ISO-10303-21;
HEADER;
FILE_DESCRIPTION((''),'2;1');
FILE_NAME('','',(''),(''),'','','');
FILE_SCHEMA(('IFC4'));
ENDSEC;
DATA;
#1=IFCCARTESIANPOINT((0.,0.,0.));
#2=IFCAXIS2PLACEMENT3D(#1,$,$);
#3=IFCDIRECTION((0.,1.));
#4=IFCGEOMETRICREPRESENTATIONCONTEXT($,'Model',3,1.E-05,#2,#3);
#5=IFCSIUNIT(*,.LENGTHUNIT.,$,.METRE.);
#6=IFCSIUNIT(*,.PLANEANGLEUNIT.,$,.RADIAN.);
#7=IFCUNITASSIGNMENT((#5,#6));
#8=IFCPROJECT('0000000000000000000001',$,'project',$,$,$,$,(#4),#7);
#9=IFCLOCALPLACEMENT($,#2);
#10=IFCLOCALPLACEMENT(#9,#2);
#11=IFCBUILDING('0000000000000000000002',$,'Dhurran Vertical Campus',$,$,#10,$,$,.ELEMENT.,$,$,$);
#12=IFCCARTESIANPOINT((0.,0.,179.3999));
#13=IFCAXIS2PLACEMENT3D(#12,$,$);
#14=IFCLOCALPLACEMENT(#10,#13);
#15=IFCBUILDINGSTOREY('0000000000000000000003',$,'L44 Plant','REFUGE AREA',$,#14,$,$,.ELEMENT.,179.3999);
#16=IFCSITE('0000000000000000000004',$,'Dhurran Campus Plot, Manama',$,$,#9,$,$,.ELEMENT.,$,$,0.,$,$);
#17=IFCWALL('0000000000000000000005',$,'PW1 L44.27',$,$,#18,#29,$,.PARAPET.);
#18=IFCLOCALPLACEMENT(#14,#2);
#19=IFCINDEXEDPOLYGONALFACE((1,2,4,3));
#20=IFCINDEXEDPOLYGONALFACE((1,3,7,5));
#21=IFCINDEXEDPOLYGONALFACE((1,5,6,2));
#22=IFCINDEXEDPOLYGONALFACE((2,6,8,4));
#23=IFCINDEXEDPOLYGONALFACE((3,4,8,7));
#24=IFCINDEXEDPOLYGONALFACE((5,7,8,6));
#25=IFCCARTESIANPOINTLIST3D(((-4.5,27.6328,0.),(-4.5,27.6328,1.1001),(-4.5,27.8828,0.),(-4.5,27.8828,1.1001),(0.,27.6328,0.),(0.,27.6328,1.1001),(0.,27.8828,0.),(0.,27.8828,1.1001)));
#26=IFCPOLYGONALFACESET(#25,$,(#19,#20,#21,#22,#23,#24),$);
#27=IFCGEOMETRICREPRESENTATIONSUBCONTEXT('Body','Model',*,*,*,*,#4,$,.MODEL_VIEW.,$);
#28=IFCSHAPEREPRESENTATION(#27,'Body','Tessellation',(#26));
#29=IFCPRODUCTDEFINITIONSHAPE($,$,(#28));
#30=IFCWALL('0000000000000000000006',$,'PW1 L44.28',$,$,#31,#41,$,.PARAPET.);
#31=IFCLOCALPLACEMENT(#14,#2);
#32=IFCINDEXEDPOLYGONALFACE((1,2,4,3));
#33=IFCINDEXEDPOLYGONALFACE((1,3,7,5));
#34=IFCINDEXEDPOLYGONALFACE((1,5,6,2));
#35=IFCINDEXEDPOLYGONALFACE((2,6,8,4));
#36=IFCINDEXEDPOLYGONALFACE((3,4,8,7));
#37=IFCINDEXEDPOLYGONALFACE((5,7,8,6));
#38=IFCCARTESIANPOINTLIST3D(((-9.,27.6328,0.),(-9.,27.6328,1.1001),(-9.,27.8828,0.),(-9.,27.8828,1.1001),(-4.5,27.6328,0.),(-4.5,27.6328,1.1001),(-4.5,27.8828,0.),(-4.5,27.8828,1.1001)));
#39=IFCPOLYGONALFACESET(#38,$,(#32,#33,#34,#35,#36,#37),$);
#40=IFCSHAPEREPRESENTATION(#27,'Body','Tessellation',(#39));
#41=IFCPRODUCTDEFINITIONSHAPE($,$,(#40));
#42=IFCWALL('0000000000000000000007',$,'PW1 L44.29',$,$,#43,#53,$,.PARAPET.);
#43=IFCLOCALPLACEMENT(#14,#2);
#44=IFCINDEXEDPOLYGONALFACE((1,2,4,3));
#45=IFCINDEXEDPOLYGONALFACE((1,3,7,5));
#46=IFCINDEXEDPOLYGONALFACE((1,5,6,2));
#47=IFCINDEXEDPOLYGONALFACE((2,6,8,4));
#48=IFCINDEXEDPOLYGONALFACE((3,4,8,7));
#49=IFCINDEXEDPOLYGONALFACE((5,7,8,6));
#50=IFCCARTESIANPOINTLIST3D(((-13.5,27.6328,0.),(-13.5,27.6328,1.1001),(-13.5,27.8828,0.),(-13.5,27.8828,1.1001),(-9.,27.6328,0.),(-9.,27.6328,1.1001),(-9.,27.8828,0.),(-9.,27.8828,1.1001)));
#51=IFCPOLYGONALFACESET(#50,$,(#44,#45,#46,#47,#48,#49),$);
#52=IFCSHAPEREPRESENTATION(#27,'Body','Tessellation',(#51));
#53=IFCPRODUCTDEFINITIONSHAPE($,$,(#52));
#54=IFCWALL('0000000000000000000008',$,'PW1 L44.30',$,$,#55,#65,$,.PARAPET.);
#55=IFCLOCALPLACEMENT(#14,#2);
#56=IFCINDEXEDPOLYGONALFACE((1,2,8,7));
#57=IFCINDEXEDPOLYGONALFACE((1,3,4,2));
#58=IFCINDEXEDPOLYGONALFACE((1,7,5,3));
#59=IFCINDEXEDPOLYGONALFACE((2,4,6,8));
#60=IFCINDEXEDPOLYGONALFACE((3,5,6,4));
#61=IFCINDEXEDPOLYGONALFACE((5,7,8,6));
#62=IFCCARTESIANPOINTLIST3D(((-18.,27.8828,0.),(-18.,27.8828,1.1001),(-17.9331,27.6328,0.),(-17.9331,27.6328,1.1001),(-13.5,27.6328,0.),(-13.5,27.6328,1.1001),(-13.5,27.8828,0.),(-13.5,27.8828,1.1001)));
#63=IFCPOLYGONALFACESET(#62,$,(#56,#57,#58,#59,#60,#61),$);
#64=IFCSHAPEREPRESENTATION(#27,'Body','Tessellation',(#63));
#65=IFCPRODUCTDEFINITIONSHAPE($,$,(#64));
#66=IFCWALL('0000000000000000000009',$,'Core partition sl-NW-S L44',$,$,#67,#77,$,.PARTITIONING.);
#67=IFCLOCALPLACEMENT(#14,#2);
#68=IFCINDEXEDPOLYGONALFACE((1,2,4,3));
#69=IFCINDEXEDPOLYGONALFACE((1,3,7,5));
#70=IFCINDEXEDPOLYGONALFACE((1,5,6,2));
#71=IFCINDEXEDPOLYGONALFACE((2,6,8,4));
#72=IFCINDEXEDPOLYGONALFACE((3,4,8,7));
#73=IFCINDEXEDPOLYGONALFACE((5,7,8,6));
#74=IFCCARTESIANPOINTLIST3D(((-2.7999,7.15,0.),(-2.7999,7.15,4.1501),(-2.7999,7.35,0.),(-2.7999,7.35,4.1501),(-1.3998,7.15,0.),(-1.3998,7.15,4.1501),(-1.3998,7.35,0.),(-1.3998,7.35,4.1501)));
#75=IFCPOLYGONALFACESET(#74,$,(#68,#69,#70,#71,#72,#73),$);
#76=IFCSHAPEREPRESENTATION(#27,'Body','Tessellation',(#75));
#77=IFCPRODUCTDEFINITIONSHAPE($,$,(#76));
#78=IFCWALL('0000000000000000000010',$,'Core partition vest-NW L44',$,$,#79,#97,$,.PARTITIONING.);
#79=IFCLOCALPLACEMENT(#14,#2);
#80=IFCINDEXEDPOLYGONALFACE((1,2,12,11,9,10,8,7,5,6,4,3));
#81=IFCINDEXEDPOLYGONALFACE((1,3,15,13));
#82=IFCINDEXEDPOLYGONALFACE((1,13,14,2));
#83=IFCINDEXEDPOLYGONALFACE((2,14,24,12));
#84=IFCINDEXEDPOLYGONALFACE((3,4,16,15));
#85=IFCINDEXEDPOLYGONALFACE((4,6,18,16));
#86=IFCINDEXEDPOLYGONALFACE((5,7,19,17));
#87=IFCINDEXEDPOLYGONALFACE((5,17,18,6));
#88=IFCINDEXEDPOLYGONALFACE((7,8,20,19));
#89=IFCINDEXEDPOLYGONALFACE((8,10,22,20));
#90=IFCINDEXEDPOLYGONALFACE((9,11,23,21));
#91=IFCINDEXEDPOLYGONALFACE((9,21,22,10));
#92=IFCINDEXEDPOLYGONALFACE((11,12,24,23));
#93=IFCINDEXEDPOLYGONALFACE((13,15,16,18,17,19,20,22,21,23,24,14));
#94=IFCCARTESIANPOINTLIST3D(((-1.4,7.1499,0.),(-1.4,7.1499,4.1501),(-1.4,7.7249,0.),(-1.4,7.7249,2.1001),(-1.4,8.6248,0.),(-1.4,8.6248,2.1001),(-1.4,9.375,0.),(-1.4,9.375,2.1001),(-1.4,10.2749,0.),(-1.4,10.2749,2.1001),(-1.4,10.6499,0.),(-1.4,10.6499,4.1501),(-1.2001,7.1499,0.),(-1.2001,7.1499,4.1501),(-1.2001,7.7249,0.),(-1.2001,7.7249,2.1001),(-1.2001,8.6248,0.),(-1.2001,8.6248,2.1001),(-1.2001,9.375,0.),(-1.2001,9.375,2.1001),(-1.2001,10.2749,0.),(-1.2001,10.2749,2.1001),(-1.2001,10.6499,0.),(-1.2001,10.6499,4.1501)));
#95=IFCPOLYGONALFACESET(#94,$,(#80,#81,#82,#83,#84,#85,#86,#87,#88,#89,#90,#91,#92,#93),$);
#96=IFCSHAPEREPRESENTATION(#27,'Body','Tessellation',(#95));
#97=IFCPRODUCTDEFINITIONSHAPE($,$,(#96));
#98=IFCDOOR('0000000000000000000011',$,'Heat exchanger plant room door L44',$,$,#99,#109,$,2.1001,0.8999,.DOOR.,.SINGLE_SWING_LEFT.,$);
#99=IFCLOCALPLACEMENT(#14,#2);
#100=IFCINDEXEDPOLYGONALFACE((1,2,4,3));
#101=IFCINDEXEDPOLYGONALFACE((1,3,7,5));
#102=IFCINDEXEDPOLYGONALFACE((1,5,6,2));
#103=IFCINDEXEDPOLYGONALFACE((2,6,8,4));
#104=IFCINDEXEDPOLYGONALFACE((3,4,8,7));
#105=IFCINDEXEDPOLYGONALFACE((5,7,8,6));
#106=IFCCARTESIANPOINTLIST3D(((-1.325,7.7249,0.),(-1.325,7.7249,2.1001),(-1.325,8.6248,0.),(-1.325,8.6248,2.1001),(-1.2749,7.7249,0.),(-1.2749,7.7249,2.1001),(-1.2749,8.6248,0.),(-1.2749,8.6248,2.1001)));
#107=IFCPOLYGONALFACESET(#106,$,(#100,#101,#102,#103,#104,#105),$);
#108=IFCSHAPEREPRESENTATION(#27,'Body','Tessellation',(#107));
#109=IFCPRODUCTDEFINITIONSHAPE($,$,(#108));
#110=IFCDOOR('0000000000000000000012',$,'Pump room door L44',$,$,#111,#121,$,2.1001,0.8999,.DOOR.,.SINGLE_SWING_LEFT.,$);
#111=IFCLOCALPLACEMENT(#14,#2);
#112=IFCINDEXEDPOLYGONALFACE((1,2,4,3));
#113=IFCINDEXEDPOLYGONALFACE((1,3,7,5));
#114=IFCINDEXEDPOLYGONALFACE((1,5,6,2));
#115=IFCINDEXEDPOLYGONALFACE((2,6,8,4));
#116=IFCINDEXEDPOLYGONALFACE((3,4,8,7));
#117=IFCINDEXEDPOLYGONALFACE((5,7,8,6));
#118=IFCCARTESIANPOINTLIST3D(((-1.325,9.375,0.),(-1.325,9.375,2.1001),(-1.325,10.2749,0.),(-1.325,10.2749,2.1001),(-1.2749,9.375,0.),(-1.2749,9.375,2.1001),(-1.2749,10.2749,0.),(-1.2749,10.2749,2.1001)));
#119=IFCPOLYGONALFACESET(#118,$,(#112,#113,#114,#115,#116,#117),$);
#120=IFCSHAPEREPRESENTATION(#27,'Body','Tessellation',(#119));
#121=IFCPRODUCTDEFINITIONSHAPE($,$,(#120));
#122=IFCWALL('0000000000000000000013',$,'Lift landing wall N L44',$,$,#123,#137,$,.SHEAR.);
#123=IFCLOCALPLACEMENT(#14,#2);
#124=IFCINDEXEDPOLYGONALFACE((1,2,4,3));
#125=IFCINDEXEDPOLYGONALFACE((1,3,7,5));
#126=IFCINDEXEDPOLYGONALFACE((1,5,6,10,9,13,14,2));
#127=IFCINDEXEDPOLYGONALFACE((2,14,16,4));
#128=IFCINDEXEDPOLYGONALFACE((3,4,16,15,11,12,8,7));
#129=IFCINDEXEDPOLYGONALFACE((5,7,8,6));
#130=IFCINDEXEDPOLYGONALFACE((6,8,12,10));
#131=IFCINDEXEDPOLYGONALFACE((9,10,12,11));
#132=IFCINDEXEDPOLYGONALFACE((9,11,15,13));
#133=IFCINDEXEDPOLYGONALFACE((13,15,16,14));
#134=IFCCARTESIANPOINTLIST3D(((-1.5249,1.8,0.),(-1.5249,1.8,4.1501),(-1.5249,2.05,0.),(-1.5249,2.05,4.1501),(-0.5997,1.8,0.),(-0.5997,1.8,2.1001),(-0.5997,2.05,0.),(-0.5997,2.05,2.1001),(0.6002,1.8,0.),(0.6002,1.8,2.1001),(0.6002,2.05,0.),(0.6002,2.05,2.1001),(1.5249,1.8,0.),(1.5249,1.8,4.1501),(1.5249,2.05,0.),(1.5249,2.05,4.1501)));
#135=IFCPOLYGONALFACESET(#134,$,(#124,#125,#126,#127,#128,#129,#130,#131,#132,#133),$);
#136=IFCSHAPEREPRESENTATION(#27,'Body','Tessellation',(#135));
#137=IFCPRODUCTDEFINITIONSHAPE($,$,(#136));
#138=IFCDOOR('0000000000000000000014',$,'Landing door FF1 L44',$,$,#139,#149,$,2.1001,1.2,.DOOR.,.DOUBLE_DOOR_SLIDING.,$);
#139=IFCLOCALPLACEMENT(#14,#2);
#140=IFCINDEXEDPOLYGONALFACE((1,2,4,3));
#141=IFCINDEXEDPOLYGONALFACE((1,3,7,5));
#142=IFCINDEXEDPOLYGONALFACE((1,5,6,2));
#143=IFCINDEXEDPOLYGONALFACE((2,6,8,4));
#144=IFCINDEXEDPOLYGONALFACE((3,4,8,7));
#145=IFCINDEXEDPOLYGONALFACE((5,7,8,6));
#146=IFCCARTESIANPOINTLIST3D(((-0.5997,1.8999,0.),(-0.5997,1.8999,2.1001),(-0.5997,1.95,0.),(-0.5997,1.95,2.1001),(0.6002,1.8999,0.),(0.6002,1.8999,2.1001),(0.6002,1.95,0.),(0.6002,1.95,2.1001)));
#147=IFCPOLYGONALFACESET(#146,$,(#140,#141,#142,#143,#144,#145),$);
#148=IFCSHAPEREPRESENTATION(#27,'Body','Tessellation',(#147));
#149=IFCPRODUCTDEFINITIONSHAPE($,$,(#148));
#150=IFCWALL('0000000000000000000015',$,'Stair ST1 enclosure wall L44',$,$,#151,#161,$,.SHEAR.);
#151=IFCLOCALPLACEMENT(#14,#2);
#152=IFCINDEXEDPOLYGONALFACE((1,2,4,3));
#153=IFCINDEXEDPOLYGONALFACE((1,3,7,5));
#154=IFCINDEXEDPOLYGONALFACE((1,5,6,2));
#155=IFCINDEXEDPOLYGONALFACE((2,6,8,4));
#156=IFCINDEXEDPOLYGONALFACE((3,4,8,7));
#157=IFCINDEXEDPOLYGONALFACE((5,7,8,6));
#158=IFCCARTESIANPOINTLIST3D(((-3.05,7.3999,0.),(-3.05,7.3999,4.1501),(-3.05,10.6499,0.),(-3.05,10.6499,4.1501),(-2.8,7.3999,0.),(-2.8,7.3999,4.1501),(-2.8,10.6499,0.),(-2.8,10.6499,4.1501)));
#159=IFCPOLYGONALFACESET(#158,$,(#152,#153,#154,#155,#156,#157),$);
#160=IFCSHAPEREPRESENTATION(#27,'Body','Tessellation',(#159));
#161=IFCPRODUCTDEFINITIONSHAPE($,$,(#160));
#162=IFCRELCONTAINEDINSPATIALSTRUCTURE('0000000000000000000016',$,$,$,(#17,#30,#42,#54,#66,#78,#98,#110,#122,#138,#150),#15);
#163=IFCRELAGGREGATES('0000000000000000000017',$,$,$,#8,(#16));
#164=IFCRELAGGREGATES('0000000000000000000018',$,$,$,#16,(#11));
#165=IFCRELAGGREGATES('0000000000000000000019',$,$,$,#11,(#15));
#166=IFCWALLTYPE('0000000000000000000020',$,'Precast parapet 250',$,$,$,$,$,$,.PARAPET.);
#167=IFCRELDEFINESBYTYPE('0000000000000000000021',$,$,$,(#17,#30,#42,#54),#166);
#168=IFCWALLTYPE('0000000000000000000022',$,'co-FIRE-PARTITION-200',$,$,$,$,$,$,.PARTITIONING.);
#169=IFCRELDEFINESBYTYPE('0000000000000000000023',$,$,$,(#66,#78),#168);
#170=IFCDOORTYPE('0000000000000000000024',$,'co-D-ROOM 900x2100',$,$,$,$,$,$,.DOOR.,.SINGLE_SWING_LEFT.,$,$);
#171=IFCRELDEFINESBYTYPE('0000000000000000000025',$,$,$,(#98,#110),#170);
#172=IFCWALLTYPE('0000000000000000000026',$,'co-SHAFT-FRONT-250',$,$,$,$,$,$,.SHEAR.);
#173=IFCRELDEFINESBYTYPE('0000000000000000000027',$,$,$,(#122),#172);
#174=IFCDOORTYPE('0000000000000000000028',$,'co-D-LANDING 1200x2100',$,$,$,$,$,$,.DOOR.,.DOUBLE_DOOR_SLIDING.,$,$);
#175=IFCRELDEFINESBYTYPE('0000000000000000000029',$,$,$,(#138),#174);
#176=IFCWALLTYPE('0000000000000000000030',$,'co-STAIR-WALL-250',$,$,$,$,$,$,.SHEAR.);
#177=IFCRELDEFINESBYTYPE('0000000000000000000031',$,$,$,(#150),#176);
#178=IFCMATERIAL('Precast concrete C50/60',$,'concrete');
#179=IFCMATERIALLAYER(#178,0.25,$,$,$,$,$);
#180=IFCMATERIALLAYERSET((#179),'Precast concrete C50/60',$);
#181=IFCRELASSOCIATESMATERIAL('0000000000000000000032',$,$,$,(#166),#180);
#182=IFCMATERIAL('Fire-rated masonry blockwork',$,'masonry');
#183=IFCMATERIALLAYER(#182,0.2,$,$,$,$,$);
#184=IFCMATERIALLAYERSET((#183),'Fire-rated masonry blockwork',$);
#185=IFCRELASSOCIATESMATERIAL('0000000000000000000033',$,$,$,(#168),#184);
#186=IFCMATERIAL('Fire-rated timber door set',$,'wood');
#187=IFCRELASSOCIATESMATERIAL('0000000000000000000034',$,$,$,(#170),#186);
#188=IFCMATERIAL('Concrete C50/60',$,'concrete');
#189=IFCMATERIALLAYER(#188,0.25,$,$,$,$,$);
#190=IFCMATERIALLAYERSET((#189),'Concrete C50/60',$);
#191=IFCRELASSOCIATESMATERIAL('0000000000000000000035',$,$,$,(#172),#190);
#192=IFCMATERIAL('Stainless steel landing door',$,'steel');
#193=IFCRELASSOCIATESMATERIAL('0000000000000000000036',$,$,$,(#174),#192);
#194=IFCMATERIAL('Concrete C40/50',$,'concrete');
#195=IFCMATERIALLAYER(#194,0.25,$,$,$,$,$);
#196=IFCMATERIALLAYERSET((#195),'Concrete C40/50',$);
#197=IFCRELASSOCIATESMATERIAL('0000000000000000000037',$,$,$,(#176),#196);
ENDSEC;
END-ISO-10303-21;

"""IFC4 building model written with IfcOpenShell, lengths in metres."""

from ifc_helpers import new_model, si_unit, direction, frame, frame_2d, origin, place, context, subcontext, project, spatial, polyline, rectangle, outline, extrude, material, layer, layer_set, type_object, element, fill, save


model = new_model("IFC4")

# Units and contexts
model_context = context("Model", 3, precision=1e-05, world=origin(), true_north=direction((0.0, 1.0)))
body_context = subcontext(model_context, "Body", "Model", "MODEL_VIEW")
ifc_project = project(units=[si_unit("LENGTHUNIT", "METRE"), si_unit("PLANEANGLEUNIT", "RADIAN")], contexts=[model_context])

# Site, building, storey
site_placement = place(None, origin())
site = spatial("IfcSite", under=ifc_project, at=site_placement, Name="Dhurran Campus Plot, Manama", CompositionType="ELEMENT", RefElevation=0.0)
building_placement = place(site_placement, origin())
building = spatial("IfcBuilding", under=site, at=building_placement, Name="Dhurran Vertical Campus", CompositionType="ELEMENT")
storey_placement = place(building_placement, frame((0.0, 0.0, 179.3999)))
storey = spatial("IfcBuildingStorey", under=building, at=storey_placement, Name="L44 Plant", Description="REFUGE AREA", CompositionType="ELEMENT", Elevation=179.3999)

# Walls
ifc_material_1 = material(Name="Precast concrete C50/60", Category="concrete")
ifc_layer_1 = layer(ifc_material_1, 0.25)
ifc_layer_set_1 = layer_set([ifc_layer_1], Name="Precast concrete C50/60")
wall_type_1 = type_object("IfcWallType", Name="Precast parapet 250", PredefinedType="PARAPET", material=ifc_layer_set_1)
wall_1_placement = place(storey_placement, origin())
element("IfcWall", 1, at=wall_1_placement, inside=storey, type_object=wall_type_1, Name="PW1 L44.27", PredefinedType="PARAPET", context=body_context, shape_type="SweptSolid", body=[
    extrude(outline(polyline([(0.0, 27.8828), (-4.5, 27.8828), (-4.5, 27.6328), (0.0, 27.6328), (0.0, 27.8828)])), origin(), (0.0, 0.0, 1.0), 1.1001),
])
wall_2_placement = place(storey_placement, origin())
element("IfcWall", 2, at=wall_2_placement, inside=storey, type_object=wall_type_1, Name="PW1 L44.28", PredefinedType="PARAPET", context=body_context, shape_type="SweptSolid", body=[
    extrude(outline(polyline([(-4.5, 27.8828), (-9.0, 27.8828), (-9.0, 27.6328), (-4.5, 27.6328), (-4.5, 27.8828)])), origin(), (0.0, 0.0, 1.0), 1.1001),
])
wall_3_placement = place(storey_placement, origin())
element("IfcWall", 3, at=wall_3_placement, inside=storey, type_object=wall_type_1, Name="PW1 L44.29", PredefinedType="PARAPET", context=body_context, shape_type="SweptSolid", body=[
    extrude(outline(polyline([(-9.0, 27.8828), (-13.5, 27.8828), (-13.5, 27.6328), (-9.0, 27.6328), (-9.0, 27.8828)])), origin(), (0.0, 0.0, 1.0), 1.1001),
])
wall_4_placement = place(storey_placement, origin())
element("IfcWall", 4, at=wall_4_placement, inside=storey, type_object=wall_type_1, Name="PW1 L44.30", PredefinedType="PARAPET", context=body_context, shape_type="SweptSolid", body=[
    extrude(outline(polyline([(-13.5, 27.8828), (-18.0, 27.8828), (-17.9331, 27.6328), (-13.5, 27.6328), (-13.5, 27.8828)])), origin(), (0.0, 0.0, 1.0), 1.1001),
])
ifc_material_2 = material(Name="Fire-rated masonry blockwork", Category="masonry")
ifc_layer_2 = layer(ifc_material_2, 0.2)
ifc_layer_set_2 = layer_set([ifc_layer_2], Name="Fire-rated masonry blockwork")
wall_type_2 = type_object("IfcWallType", Name="co-FIRE-PARTITION-200", PredefinedType="PARTITIONING", material=ifc_layer_set_2)
wall_5_placement = place(storey_placement, frame((-2.8, 7.25, 0.0), z_axis=(0.0, 0.0, 1.0), x_axis=(1.0, 0.0, 0.0)))
element("IfcWall", 5, at=wall_5_placement, inside=storey, type_object=wall_type_2, Name="Core partition sl-NW-S L44", PredefinedType="PARTITIONING", context=body_context, shape_type="SweptSolid", body=[
    extrude(rectangle(XDim=1.4001, YDim=0.2, at=frame_2d((0.7002, 0.0))), origin(), (0.0, 0.0, 1.0), 4.1501),
])

# Wall, openings, doors
wall_6_placement = place(storey_placement, frame((-1.3, 7.1499, 0.0), z_axis=(0.0, 0.0, 1.0), x_axis=(0.0, 1.0, 0.0)))
wall_6 = element("IfcWall", 6, at=wall_6_placement, inside=storey, type_object=wall_type_2, Name="Core partition vest-NW L44", PredefinedType="PARTITIONING", context=body_context, shape_type="SweptSolid", body=[
    extrude(rectangle(XDim=3.5, YDim=0.2, at=frame_2d((1.75, 0.0))), origin(), (0.0, 0.0, 1.0), 4.1501),
])
opening_1_placement = place(wall_6_placement, frame((0.575, 0.0, 0.0)))
opening_1 = element("IfcOpeningElement", 7, at=opening_1_placement, cuts=wall_6, PredefinedType="OPENING", context=body_context, shape_type="SweptSolid", body=[
    extrude(rectangle(XDim=0.8999, YDim=2.1001, at=frame_2d((0.45, 1.05))), frame((0.0, 0.1099, 0.0), z_axis=(0.0, -1.0, 0.0), x_axis=(1.0, 0.0, 0.0)), (0.0, 0.0, 1.0), 0.22),
])
opening_2_placement = place(wall_6_placement, frame((2.2251, 0.0, 0.0)))
opening_2 = element("IfcOpeningElement", 8, at=opening_2_placement, cuts=wall_6, PredefinedType="OPENING", context=body_context, shape_type="SweptSolid", body=[
    extrude(rectangle(XDim=0.8999, YDim=2.1001, at=frame_2d((0.45, 1.05))), frame((0.0, 0.1099, 0.0), z_axis=(0.0, -1.0, 0.0), x_axis=(1.0, 0.0, 0.0)), (0.0, 0.0, 1.0), 0.22),
])
ifc_material_3 = material(Name="Fire-rated timber door set", Category="wood")
door_type_1 = type_object("IfcDoorType", Name="co-D-ROOM 900x2100", OperationType="SINGLE_SWING_LEFT", PredefinedType="DOOR", material=ifc_material_3)
door_1_placement = place(opening_1_placement, origin())
door_1 = element("IfcDoor", 9, at=door_1_placement, inside=storey, type_object=door_type_1, Name="Heat exchanger plant room door L44", OperationType="SINGLE_SWING_LEFT", OverallHeight=2.1001, OverallWidth=0.8999, PredefinedType="DOOR", context=body_context, shape_type="SweptSolid", body=[
    extrude(rectangle(XDim=0.8999, YDim=2.1001, at=frame_2d((0.45, 1.05))), frame((0.0, 0.0249, 0.0), z_axis=(0.0, -1.0, 0.0), x_axis=(1.0, 0.0, 0.0)), (0.0, 0.0, 1.0), 0.05),
])
fill(opening_1, door_1)
door_2_placement = place(opening_2_placement, origin())
door_2 = element("IfcDoor", 10, at=door_2_placement, inside=storey, type_object=door_type_1, Name="Pump room door L44", OperationType="SINGLE_SWING_LEFT", OverallHeight=2.1001, OverallWidth=0.8999, PredefinedType="DOOR", context=body_context, shape_type="SweptSolid", body=[
    extrude(rectangle(XDim=0.8999, YDim=2.1001, at=frame_2d((0.45, 1.05))), frame((0.0, 0.0249, 0.0), z_axis=(0.0, -1.0, 0.0), x_axis=(1.0, 0.0, 0.0)), (0.0, 0.0, 1.0), 0.05),
])
fill(opening_2, door_2)

# Wall, opening, door
ifc_material_4 = material(Name="Concrete C50/60", Category="concrete")
ifc_layer_3 = layer(ifc_material_4, 0.25)
ifc_layer_set_3 = layer_set([ifc_layer_3], Name="Concrete C50/60")
wall_type_3 = type_object("IfcWallType", Name="co-SHAFT-FRONT-250", PredefinedType="SHEAR", material=ifc_layer_set_3)
wall_7_placement = place(storey_placement, frame((-1.5249, 1.925, 0.0), z_axis=(0.0, 0.0, 1.0), x_axis=(1.0, 0.0, 0.0)))
wall_7 = element("IfcWall", 11, at=wall_7_placement, inside=storey, type_object=wall_type_3, Name="Lift landing wall N L44", PredefinedType="SHEAR", context=body_context, shape_type="SweptSolid", body=[
    extrude(rectangle(XDim=3.0498, YDim=0.25, at=frame_2d((1.5249, 0.0))), origin(), (0.0, 0.0, 1.0), 4.1501),
])
opening_3_placement = place(wall_7_placement, frame((0.925, 0.0, 0.0)))
opening_3 = element("IfcOpeningElement", 12, at=opening_3_placement, cuts=wall_7, PredefinedType="OPENING", context=body_context, shape_type="SweptSolid", body=[
    extrude(rectangle(XDim=1.2, YDim=2.1001, at=frame_2d((0.6001, 1.05))), frame((0.0, 0.135, 0.0), z_axis=(0.0, -1.0, 0.0), x_axis=(1.0, 0.0, 0.0)), (0.0, 0.0, 1.0), 0.27),
])
ifc_material_5 = material(Name="Stainless steel landing door", Category="steel")
door_type_2 = type_object("IfcDoorType", Name="co-D-LANDING 1200x2100", OperationType="DOUBLE_DOOR_SLIDING", PredefinedType="DOOR", material=ifc_material_5)
door_3_placement = place(opening_3_placement, origin())
door_3 = element("IfcDoor", 13, at=door_3_placement, inside=storey, type_object=door_type_2, Name="Landing door FF1 L44", OperationType="DOUBLE_DOOR_SLIDING", OverallHeight=2.1001, OverallWidth=1.2, PredefinedType="DOOR", context=body_context, shape_type="SweptSolid", body=[
    extrude(rectangle(XDim=1.2, YDim=2.1001, at=frame_2d((0.6001, 1.05))), frame((0.0, 0.0249, 0.0), z_axis=(0.0, -1.0, 0.0), x_axis=(1.0, 0.0, 0.0)), (0.0, 0.0, 1.0), 0.05),
])
fill(opening_3, door_3)

# Wall
ifc_material_6 = material(Name="Concrete C40/50", Category="concrete")
ifc_layer_4 = layer(ifc_material_6, 0.25)
ifc_layer_set_4 = layer_set([ifc_layer_4], Name="Concrete C40/50")
wall_type_4 = type_object("IfcWallType", Name="co-STAIR-WALL-250", PredefinedType="SHEAR", material=ifc_layer_set_4)
wall_8_placement = place(storey_placement, frame((-2.925, 7.3999, 0.0), z_axis=(0.0, 0.0, 1.0), x_axis=(0.0, 1.0, 0.0)))
element("IfcWall", 14, at=wall_8_placement, inside=storey, type_object=wall_type_4, Name="Stair ST1 enclosure wall L44", PredefinedType="SHEAR", context=body_context, shape_type="SweptSolid", body=[
    extrude(rectangle(XDim=3.25, YDim=0.25, at=frame_2d((1.625, 0.0))), origin(), (0.0, 0.0, 1.0), 4.1501),
])

save(model, "model.ifc")
